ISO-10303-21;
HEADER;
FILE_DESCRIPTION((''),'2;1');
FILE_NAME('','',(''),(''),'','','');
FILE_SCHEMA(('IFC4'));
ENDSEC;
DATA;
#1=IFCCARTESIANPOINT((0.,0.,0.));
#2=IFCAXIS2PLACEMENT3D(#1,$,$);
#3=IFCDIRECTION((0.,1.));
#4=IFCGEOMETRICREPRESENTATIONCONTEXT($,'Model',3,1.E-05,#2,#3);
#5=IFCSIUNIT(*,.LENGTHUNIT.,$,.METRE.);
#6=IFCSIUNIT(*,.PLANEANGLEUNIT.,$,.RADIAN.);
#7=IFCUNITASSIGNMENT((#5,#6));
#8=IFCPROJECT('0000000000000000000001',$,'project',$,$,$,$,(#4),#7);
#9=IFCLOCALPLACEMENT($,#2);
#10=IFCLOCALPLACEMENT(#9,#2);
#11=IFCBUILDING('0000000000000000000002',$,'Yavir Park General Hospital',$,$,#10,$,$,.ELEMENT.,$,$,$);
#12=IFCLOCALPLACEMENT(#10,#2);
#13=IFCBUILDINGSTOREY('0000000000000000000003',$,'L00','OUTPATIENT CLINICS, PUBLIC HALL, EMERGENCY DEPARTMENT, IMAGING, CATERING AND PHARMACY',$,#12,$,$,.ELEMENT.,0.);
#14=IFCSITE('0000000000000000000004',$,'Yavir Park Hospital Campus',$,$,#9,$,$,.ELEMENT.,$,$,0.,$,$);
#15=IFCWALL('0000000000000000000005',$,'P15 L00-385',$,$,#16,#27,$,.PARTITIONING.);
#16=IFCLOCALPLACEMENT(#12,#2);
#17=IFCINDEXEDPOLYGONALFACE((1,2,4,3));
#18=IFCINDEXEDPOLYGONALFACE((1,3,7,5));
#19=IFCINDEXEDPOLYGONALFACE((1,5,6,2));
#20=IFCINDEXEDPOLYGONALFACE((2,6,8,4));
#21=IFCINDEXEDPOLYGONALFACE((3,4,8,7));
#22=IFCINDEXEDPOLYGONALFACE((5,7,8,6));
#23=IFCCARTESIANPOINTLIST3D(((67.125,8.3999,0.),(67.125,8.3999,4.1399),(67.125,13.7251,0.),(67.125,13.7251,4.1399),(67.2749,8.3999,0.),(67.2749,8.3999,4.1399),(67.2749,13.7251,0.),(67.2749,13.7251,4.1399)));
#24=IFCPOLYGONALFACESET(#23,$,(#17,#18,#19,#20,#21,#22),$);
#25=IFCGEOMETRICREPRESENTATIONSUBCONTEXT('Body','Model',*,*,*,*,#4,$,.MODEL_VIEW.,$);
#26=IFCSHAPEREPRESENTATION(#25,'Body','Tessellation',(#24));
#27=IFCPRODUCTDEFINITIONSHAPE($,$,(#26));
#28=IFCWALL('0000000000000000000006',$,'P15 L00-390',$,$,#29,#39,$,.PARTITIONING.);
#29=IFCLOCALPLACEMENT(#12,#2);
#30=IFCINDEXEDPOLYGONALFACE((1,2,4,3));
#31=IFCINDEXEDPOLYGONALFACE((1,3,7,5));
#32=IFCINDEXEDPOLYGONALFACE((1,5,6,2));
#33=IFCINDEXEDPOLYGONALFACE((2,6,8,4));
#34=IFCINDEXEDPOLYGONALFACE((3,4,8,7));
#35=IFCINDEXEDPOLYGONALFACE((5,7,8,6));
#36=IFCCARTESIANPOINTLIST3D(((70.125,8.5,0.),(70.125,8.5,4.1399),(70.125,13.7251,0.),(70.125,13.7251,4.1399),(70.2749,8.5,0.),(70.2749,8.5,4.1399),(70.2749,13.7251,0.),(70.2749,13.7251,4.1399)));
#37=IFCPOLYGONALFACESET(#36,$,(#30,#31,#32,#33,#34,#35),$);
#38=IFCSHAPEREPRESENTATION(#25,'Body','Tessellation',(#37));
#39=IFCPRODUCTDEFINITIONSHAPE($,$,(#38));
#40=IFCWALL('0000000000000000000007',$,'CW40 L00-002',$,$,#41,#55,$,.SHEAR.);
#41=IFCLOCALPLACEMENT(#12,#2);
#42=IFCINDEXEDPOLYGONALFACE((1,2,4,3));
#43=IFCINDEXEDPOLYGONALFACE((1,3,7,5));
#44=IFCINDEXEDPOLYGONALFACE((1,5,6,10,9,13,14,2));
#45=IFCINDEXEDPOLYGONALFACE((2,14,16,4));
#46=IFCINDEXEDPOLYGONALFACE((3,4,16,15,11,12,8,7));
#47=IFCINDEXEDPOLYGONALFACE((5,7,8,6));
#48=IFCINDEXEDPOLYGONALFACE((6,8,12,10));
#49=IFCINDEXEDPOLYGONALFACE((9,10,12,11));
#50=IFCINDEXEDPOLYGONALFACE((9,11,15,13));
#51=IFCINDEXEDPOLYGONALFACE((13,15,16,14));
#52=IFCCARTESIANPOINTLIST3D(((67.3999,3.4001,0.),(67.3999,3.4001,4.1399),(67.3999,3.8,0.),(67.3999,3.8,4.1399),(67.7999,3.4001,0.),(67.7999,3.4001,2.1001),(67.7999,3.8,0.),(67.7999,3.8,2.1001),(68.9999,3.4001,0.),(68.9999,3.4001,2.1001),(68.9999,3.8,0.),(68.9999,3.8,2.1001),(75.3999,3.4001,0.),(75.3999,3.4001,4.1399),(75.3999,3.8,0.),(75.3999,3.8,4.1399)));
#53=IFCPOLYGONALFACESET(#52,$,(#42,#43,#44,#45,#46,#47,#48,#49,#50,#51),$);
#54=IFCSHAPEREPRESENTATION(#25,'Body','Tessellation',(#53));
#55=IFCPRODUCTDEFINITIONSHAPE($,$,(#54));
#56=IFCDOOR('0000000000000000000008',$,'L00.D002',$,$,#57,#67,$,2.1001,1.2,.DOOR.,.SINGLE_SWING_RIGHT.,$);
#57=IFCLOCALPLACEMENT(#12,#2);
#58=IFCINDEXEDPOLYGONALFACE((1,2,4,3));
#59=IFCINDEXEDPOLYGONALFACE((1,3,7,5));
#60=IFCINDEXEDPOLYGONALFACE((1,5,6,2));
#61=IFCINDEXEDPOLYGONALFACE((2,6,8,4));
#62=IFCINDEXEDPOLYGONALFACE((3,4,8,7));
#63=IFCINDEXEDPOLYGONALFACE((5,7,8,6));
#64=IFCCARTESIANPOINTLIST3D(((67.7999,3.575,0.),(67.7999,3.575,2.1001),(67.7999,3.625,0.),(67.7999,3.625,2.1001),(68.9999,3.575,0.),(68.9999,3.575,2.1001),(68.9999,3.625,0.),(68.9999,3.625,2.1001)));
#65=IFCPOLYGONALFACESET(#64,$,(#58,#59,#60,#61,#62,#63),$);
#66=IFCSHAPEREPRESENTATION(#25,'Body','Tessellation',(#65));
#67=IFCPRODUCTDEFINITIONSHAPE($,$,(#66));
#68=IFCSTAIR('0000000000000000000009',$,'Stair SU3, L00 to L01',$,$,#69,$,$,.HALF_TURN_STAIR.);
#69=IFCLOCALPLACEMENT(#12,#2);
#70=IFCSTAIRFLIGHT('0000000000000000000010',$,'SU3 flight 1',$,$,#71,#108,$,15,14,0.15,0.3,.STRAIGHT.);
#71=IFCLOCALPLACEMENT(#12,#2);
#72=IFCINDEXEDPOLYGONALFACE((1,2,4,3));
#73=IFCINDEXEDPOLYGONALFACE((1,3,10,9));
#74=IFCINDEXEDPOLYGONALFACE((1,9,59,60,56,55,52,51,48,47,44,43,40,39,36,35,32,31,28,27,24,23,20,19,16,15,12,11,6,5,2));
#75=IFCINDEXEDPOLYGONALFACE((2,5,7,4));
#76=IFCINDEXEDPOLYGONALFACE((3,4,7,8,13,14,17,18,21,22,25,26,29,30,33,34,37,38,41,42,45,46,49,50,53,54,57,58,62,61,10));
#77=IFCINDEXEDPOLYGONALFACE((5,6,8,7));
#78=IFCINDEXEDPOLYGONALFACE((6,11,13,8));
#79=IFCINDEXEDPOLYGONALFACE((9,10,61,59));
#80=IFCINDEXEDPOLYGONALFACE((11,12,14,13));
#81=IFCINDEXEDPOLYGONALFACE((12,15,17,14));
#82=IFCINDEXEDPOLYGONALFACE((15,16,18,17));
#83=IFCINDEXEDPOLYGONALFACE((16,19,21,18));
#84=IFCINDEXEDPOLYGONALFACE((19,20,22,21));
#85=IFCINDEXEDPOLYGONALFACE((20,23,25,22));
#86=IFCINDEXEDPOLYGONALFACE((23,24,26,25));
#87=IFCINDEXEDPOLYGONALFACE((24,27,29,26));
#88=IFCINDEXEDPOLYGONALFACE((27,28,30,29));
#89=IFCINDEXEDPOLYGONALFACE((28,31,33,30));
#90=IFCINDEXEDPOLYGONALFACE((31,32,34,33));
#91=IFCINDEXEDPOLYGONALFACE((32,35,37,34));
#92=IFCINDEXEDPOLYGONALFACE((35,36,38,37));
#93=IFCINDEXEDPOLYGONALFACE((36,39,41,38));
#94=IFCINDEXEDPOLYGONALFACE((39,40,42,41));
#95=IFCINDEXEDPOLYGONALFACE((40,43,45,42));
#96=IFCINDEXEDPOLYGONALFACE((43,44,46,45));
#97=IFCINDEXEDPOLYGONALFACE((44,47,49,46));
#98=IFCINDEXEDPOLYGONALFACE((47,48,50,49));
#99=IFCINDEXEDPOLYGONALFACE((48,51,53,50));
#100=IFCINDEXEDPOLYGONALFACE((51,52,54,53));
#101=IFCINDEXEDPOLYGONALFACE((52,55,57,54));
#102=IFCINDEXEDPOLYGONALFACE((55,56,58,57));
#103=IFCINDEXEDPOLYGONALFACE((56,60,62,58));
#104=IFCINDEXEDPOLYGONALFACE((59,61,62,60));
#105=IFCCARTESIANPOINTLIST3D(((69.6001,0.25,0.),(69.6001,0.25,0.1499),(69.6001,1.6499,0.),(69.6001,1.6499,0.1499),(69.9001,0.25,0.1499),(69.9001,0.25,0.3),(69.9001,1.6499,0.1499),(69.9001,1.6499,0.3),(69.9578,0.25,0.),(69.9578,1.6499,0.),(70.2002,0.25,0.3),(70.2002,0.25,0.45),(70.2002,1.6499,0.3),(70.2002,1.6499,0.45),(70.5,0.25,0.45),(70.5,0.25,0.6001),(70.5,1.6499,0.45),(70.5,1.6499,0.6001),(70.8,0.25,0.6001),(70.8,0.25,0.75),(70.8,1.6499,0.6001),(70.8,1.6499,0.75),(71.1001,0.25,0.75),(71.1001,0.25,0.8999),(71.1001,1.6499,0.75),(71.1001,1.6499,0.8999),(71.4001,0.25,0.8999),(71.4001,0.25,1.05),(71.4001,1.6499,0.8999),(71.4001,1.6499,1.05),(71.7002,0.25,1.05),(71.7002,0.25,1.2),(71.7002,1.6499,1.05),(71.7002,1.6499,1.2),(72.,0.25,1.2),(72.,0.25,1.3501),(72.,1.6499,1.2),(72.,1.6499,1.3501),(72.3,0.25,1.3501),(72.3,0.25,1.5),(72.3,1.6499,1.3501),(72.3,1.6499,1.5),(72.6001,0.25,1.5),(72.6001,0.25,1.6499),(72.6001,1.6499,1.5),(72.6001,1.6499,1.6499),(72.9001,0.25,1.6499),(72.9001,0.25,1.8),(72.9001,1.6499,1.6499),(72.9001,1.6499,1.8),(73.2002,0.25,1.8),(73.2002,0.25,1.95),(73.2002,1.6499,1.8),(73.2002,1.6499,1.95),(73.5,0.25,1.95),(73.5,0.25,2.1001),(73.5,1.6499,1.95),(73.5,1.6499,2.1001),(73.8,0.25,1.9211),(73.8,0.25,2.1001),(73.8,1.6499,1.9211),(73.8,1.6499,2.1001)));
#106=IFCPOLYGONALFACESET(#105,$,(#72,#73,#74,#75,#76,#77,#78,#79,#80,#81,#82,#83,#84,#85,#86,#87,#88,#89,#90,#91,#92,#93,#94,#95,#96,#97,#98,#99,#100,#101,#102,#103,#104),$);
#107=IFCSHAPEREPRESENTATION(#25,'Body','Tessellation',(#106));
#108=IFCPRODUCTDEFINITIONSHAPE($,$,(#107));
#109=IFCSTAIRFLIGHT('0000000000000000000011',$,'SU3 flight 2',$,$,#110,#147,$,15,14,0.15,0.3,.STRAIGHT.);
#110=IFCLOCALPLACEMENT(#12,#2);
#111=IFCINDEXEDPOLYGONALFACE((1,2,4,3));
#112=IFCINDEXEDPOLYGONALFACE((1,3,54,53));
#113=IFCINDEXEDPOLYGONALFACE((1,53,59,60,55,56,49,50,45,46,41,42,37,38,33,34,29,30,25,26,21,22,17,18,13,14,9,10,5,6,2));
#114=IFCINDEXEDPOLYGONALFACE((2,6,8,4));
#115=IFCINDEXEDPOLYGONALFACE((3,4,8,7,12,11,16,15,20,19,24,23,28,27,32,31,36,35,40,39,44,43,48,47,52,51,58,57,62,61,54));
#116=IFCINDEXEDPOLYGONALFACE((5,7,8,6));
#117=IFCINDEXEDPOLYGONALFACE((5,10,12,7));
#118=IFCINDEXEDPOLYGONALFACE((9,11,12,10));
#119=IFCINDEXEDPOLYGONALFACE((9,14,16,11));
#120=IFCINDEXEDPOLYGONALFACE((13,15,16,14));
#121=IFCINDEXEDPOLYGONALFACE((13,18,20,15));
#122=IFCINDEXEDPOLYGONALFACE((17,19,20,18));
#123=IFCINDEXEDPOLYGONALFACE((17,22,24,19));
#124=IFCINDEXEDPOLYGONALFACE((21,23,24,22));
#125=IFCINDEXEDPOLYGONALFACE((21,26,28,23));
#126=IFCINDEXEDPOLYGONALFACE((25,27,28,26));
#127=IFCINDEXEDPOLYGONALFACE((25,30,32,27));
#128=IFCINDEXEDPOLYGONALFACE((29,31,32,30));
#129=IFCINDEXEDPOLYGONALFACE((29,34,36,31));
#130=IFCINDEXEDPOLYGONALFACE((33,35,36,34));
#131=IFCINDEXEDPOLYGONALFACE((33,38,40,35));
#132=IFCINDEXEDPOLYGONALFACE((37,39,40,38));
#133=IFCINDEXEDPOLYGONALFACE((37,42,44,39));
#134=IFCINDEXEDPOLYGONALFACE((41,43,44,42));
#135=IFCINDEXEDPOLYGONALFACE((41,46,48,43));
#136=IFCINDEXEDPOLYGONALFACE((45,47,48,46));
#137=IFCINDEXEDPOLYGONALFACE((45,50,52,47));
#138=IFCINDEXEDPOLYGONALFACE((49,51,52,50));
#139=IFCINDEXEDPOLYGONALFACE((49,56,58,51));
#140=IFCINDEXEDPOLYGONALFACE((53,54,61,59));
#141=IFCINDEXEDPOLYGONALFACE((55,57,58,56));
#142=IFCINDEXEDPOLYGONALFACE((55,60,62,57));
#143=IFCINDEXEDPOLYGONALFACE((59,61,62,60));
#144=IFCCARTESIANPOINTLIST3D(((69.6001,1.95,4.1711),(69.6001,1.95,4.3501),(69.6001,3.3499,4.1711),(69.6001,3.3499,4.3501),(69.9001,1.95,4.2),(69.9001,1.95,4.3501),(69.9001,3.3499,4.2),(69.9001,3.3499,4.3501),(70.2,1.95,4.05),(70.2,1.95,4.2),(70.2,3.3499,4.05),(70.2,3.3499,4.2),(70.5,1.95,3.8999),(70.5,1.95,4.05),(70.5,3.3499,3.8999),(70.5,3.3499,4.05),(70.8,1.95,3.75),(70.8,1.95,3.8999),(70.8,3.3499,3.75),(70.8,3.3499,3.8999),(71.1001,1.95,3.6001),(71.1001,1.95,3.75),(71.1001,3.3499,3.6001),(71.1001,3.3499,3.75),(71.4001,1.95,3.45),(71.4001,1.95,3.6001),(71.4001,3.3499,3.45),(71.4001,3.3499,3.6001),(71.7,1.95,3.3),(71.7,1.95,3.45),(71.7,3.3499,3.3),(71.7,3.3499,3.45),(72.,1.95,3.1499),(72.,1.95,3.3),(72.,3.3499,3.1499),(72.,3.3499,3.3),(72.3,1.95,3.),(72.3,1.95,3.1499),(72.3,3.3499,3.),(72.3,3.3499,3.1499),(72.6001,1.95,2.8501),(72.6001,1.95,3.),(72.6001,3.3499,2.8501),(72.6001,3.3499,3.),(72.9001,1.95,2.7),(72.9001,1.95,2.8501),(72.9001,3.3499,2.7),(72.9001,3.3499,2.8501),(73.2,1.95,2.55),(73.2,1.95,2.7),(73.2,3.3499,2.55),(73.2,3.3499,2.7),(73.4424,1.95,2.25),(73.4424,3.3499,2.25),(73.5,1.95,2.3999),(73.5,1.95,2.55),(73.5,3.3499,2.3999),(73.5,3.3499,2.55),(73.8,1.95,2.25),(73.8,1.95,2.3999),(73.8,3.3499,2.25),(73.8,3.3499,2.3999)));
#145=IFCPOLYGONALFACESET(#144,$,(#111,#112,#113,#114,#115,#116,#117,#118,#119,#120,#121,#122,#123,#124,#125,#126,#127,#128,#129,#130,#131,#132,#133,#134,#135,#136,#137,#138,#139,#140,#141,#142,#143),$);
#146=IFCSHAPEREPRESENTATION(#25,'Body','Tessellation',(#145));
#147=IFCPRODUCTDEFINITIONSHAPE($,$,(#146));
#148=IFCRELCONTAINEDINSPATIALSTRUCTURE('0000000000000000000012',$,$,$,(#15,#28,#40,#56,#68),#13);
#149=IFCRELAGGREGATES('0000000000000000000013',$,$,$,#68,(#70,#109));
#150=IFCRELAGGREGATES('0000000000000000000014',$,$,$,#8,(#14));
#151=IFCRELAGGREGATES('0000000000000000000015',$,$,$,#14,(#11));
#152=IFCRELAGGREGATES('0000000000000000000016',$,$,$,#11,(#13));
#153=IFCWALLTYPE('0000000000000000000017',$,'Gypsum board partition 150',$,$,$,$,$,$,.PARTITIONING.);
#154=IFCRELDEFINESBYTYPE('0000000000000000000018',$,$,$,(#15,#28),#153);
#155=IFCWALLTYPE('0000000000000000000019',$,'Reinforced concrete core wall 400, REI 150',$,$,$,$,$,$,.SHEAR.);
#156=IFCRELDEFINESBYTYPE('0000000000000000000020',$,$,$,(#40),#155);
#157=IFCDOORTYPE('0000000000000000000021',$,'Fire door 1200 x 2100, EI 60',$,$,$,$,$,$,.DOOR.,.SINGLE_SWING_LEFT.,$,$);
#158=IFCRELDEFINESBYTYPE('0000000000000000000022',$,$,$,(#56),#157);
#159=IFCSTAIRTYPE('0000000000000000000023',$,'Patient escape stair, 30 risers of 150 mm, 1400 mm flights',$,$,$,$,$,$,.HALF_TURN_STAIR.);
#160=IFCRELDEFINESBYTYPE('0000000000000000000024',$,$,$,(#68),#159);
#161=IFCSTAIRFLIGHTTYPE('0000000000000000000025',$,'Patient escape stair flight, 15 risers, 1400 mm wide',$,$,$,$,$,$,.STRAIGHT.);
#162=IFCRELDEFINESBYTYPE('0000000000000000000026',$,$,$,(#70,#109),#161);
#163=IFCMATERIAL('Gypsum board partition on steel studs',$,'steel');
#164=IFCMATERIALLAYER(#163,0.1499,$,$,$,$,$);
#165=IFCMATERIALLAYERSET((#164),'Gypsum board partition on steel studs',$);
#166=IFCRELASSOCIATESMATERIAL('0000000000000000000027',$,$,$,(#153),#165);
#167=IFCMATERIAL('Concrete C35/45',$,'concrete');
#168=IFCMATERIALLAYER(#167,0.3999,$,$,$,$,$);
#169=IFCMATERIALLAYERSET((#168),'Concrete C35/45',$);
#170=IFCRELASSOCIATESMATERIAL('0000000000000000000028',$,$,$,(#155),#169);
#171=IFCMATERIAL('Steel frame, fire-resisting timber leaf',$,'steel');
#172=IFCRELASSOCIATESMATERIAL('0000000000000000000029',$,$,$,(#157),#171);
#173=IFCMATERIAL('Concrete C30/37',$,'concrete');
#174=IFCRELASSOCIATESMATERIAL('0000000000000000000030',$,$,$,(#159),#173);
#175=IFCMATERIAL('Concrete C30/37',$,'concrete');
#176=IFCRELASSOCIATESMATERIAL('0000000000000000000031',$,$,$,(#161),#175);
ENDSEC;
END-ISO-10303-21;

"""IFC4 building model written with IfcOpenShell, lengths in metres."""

from ifc_helpers import new_model, si_unit, direction, frame, frame_2d, origin, place, context, subcontext, project, spatial, polyline, rectangle, outline, extrude, material, layer, layer_set, type_object, element, fill, aggregate, save


model = new_model("IFC4")

# Units and contexts
model_context = context("Model", 3, precision=1e-05, world=origin(), true_north=direction((0.0, 1.0)))
body_context = subcontext(model_context, "Body", "Model", "MODEL_VIEW")
ifc_project = project(units=[si_unit("LENGTHUNIT", "METRE"), si_unit("PLANEANGLEUNIT", "RADIAN")], contexts=[model_context])

# Site, building, storey
site_placement = place(None, origin())
site = spatial("IfcSite", under=ifc_project, at=site_placement, Name="Yavir Park Hospital Campus", CompositionType="ELEMENT", RefElevation=0.0)
building_placement = place(site_placement, origin())
building = spatial("IfcBuilding", under=site, at=building_placement, Name="Yavir Park General Hospital", CompositionType="ELEMENT")
storey_placement = place(building_placement, origin())
storey = spatial("IfcBuildingStorey", under=building, at=storey_placement, Name="L00", Description="OUTPATIENT CLINICS, PUBLIC HALL, EMERGENCY DEPARTMENT, IMAGING, CATERING AND PHARMACY", CompositionType="ELEMENT", Elevation=0.0)

# Shared definitions
ifc_material_1 = material(Name="Gypsum board partition on steel studs", Category="steel")
ifc_layer_1 = layer(ifc_material_1, 0.1499)
ifc_layer_set_1 = layer_set([ifc_layer_1], Name="Gypsum board partition on steel studs")
wall_type_1 = type_object("IfcWallType", Name="Gypsum board partition 150", PredefinedType="PARTITIONING", material=ifc_layer_set_1)

# Walls
wall_1_placement = place(storey_placement, frame((67.2, 8.3999, 0.0), z_axis=(0.0, 0.0, 1.0), x_axis=(0.0, 1.0, 0.0)))
element("IfcWall", 1, at=wall_1_placement, inside=storey, type_object=wall_type_1, Name="P15 L00-385", PredefinedType="PARTITIONING", context=body_context, shape_type="SweptSolid", body=[
    extrude(rectangle(XDim=5.3252, YDim=0.1499, at=frame_2d((2.6626, 0.0))), origin(), (0.0, 0.0, 1.0), 4.1399),
])
wall_2_placement = place(storey_placement, frame((70.2, 8.5, 0.0), z_axis=(0.0, 0.0, 1.0), x_axis=(0.0, 1.0, 0.0)))
element("IfcWall", 2, at=wall_2_placement, inside=storey, type_object=wall_type_1, Name="P15 L00-390", PredefinedType="PARTITIONING", context=body_context, shape_type="SweptSolid", body=[
    extrude(rectangle(XDim=5.2251, YDim=0.1499, at=frame_2d((2.6125, 0.0))), origin(), (0.0, 0.0, 1.0), 4.1399),
])

# Wall, opening, door
ifc_material_2 = material(Name="Concrete C35/45", Category="concrete")
ifc_layer_2 = layer(ifc_material_2, 0.3999)
ifc_layer_set_2 = layer_set([ifc_layer_2], Name="Concrete C35/45")
wall_type_2 = type_object("IfcWallType", Name="Reinforced concrete core wall 400, REI 150", PredefinedType="SHEAR", material=ifc_layer_set_2)
wall_3_placement = place(storey_placement, frame((67.3999, 3.6001, 0.0), z_axis=(0.0, 0.0, 1.0), x_axis=(1.0, 0.0, 0.0)))
wall_3 = element("IfcWall", 3, at=wall_3_placement, inside=storey, type_object=wall_type_2, Name="CW40 L00-002", PredefinedType="SHEAR", context=body_context, shape_type="SweptSolid", body=[
    extrude(rectangle(XDim=8.0, YDim=0.3999, at=frame_2d((4.0, 0.0))), origin(), (0.0, 0.0, 1.0), 4.1399),
])
opening_1_placement = place(wall_3_placement, frame((0.3999, 0.0, 0.0)))
opening_1 = element("IfcOpeningElement", 4, at=opening_1_placement, cuts=wall_3, PredefinedType="OPENING", context=body_context, shape_type="SweptSolid", body=[
    extrude(rectangle(XDim=1.2, YDim=2.1001, at=frame_2d((0.6001, 1.05))), frame((0.0, 0.21, 0.0), z_axis=(0.0, -1.0, 0.0), x_axis=(1.0, 0.0, 0.0)), (0.0, 0.0, 1.0), 0.4199),
])
ifc_material_3 = material(Name="Steel frame, fire-resisting timber leaf", Category="steel")
door_type_1 = type_object("IfcDoorType", Name="Fire door 1200 x 2100, EI 60", OperationType="SINGLE_SWING_LEFT", PredefinedType="DOOR", material=ifc_material_3)
door_1_placement = place(opening_1_placement, origin())
door_1 = element("IfcDoor", 5, at=door_1_placement, inside=storey, type_object=door_type_1, Name="L00.D002", OperationType="SINGLE_SWING_RIGHT", OverallHeight=2.1001, OverallWidth=1.2, PredefinedType="DOOR", context=body_context, shape_type="SweptSolid", body=[
    extrude(rectangle(XDim=1.2, YDim=2.1001, at=frame_2d((0.6001, 1.05))), frame((0.0, 0.0249, 0.0), z_axis=(0.0, -1.0, 0.0), x_axis=(1.0, 0.0, 0.0)), (0.0, 0.0, 1.0), 0.05),
])
fill(opening_1, door_1)

# Stair, stair flights
ifc_material_4 = material(Name="Concrete C30/37", Category="concrete")
stair_type = type_object("IfcStairType", Name="Patient escape stair, 30 risers of 150 mm, 1400 mm flights", PredefinedType="HALF_TURN_STAIR", material=ifc_material_4)
stair_placement = place(storey_placement, origin())
stair = element("IfcStair", 6, at=stair_placement, inside=storey, type_object=stair_type, Name="Stair SU3, L00 to L01", PredefinedType="HALF_TURN_STAIR")
ifc_material_5 = material(Name="Concrete C30/37", Category="concrete")
stair_flight_type = type_object("IfcStairFlightType", Name="Patient escape stair flight, 15 risers, 1400 mm wide", PredefinedType="STRAIGHT", material=ifc_material_5)
stair_flight_1_placement = place(storey_placement, frame((69.6001, 0.95, 0.0), z_axis=(0.0, 0.0, 1.0), x_axis=(1.0, 0.0, 0.0)))
stair_flight_1 = element("IfcStairFlight", 7, at=stair_flight_1_placement, type_object=stair_flight_type, Name="SU3 flight 1", NumberOfRisers=15, NumberOfTreads=14, PredefinedType="STRAIGHT", RiserHeight=0.15, TreadLength=0.3, context=body_context, shape_type="SweptSolid", body=[
    extrude(outline(polyline([(0.0, 0.0), (0.0, 0.1499), (0.3, 0.1499), (0.3, 0.3), (0.6001, 0.3), (0.6001, 0.45), (0.8999, 0.45), (0.8999, 0.6001), (1.2, 0.6001), (1.2, 0.75), (1.5, 0.75), (1.5, 0.8999), (1.8, 0.8999), (1.8, 1.05), (2.1001, 1.05), (2.1001, 1.2), (2.3999, 1.2), (2.3999, 1.3501), (2.7, 1.3501), (2.7, 1.5), (3.0, 1.5), (3.0, 1.6499), (3.3, 1.6499), (3.3, 1.8), (3.6001, 1.8), (3.6001, 1.95), (3.8999, 1.95), (3.8999, 2.1001), (4.2, 2.1001), (4.2, 2.25), (4.2, 1.9211), (0.3577, 0.0), (0.0, 0.0)])), frame((0.0, 0.7, 0.0), z_axis=(0.0, -1.0, 0.0), x_axis=(1.0, 0.0, 0.0)), (0.0, 0.0, 1.0), 1.3999),
])
stair_flight_2_placement = place(storey_placement, frame((73.8, 2.6499, 2.25), z_axis=(0.0, 0.0, 1.0), x_axis=(-1.0, 0.0, 0.0)))
stair_flight_2 = element("IfcStairFlight", 8, at=stair_flight_2_placement, type_object=stair_flight_type, Name="SU3 flight 2", NumberOfRisers=15, NumberOfTreads=14, PredefinedType="STRAIGHT", RiserHeight=0.15, TreadLength=0.3, context=body_context, shape_type="SweptSolid", body=[
    extrude(outline(polyline([(0.0, 0.0), (0.0, 0.1499), (0.3, 0.1499), (0.3, 0.3), (0.6001, 0.3), (0.6001, 0.45), (0.8999, 0.45), (0.8999, 0.6001), (1.2, 0.6001), (1.2, 0.75), (1.5, 0.75), (1.5, 0.8999), (1.8, 0.8999), (1.8, 1.05), (2.1001, 1.05), (2.1001, 1.2), (2.3999, 1.2), (2.3999, 1.3501), (2.7, 1.3501), (2.7, 1.5), (3.0, 1.5), (3.0, 1.6499), (3.3, 1.6499), (3.3, 1.8), (3.6001, 1.8), (3.6001, 1.95), (3.8999, 1.95), (3.8999, 2.1001), (4.2, 2.1001), (4.2, 2.25), (4.2, 1.9211), (0.3577, 0.0), (0.0, 0.0)])), frame((0.0, 0.7, 0.0), z_axis=(0.0, -1.0, 0.0), x_axis=(1.0, 0.0, 0.0)), (0.0, 0.0, 1.0), 1.3999),
])
aggregate(stair, [stair_flight_1, stair_flight_2])

save(model, "model.ifc")
